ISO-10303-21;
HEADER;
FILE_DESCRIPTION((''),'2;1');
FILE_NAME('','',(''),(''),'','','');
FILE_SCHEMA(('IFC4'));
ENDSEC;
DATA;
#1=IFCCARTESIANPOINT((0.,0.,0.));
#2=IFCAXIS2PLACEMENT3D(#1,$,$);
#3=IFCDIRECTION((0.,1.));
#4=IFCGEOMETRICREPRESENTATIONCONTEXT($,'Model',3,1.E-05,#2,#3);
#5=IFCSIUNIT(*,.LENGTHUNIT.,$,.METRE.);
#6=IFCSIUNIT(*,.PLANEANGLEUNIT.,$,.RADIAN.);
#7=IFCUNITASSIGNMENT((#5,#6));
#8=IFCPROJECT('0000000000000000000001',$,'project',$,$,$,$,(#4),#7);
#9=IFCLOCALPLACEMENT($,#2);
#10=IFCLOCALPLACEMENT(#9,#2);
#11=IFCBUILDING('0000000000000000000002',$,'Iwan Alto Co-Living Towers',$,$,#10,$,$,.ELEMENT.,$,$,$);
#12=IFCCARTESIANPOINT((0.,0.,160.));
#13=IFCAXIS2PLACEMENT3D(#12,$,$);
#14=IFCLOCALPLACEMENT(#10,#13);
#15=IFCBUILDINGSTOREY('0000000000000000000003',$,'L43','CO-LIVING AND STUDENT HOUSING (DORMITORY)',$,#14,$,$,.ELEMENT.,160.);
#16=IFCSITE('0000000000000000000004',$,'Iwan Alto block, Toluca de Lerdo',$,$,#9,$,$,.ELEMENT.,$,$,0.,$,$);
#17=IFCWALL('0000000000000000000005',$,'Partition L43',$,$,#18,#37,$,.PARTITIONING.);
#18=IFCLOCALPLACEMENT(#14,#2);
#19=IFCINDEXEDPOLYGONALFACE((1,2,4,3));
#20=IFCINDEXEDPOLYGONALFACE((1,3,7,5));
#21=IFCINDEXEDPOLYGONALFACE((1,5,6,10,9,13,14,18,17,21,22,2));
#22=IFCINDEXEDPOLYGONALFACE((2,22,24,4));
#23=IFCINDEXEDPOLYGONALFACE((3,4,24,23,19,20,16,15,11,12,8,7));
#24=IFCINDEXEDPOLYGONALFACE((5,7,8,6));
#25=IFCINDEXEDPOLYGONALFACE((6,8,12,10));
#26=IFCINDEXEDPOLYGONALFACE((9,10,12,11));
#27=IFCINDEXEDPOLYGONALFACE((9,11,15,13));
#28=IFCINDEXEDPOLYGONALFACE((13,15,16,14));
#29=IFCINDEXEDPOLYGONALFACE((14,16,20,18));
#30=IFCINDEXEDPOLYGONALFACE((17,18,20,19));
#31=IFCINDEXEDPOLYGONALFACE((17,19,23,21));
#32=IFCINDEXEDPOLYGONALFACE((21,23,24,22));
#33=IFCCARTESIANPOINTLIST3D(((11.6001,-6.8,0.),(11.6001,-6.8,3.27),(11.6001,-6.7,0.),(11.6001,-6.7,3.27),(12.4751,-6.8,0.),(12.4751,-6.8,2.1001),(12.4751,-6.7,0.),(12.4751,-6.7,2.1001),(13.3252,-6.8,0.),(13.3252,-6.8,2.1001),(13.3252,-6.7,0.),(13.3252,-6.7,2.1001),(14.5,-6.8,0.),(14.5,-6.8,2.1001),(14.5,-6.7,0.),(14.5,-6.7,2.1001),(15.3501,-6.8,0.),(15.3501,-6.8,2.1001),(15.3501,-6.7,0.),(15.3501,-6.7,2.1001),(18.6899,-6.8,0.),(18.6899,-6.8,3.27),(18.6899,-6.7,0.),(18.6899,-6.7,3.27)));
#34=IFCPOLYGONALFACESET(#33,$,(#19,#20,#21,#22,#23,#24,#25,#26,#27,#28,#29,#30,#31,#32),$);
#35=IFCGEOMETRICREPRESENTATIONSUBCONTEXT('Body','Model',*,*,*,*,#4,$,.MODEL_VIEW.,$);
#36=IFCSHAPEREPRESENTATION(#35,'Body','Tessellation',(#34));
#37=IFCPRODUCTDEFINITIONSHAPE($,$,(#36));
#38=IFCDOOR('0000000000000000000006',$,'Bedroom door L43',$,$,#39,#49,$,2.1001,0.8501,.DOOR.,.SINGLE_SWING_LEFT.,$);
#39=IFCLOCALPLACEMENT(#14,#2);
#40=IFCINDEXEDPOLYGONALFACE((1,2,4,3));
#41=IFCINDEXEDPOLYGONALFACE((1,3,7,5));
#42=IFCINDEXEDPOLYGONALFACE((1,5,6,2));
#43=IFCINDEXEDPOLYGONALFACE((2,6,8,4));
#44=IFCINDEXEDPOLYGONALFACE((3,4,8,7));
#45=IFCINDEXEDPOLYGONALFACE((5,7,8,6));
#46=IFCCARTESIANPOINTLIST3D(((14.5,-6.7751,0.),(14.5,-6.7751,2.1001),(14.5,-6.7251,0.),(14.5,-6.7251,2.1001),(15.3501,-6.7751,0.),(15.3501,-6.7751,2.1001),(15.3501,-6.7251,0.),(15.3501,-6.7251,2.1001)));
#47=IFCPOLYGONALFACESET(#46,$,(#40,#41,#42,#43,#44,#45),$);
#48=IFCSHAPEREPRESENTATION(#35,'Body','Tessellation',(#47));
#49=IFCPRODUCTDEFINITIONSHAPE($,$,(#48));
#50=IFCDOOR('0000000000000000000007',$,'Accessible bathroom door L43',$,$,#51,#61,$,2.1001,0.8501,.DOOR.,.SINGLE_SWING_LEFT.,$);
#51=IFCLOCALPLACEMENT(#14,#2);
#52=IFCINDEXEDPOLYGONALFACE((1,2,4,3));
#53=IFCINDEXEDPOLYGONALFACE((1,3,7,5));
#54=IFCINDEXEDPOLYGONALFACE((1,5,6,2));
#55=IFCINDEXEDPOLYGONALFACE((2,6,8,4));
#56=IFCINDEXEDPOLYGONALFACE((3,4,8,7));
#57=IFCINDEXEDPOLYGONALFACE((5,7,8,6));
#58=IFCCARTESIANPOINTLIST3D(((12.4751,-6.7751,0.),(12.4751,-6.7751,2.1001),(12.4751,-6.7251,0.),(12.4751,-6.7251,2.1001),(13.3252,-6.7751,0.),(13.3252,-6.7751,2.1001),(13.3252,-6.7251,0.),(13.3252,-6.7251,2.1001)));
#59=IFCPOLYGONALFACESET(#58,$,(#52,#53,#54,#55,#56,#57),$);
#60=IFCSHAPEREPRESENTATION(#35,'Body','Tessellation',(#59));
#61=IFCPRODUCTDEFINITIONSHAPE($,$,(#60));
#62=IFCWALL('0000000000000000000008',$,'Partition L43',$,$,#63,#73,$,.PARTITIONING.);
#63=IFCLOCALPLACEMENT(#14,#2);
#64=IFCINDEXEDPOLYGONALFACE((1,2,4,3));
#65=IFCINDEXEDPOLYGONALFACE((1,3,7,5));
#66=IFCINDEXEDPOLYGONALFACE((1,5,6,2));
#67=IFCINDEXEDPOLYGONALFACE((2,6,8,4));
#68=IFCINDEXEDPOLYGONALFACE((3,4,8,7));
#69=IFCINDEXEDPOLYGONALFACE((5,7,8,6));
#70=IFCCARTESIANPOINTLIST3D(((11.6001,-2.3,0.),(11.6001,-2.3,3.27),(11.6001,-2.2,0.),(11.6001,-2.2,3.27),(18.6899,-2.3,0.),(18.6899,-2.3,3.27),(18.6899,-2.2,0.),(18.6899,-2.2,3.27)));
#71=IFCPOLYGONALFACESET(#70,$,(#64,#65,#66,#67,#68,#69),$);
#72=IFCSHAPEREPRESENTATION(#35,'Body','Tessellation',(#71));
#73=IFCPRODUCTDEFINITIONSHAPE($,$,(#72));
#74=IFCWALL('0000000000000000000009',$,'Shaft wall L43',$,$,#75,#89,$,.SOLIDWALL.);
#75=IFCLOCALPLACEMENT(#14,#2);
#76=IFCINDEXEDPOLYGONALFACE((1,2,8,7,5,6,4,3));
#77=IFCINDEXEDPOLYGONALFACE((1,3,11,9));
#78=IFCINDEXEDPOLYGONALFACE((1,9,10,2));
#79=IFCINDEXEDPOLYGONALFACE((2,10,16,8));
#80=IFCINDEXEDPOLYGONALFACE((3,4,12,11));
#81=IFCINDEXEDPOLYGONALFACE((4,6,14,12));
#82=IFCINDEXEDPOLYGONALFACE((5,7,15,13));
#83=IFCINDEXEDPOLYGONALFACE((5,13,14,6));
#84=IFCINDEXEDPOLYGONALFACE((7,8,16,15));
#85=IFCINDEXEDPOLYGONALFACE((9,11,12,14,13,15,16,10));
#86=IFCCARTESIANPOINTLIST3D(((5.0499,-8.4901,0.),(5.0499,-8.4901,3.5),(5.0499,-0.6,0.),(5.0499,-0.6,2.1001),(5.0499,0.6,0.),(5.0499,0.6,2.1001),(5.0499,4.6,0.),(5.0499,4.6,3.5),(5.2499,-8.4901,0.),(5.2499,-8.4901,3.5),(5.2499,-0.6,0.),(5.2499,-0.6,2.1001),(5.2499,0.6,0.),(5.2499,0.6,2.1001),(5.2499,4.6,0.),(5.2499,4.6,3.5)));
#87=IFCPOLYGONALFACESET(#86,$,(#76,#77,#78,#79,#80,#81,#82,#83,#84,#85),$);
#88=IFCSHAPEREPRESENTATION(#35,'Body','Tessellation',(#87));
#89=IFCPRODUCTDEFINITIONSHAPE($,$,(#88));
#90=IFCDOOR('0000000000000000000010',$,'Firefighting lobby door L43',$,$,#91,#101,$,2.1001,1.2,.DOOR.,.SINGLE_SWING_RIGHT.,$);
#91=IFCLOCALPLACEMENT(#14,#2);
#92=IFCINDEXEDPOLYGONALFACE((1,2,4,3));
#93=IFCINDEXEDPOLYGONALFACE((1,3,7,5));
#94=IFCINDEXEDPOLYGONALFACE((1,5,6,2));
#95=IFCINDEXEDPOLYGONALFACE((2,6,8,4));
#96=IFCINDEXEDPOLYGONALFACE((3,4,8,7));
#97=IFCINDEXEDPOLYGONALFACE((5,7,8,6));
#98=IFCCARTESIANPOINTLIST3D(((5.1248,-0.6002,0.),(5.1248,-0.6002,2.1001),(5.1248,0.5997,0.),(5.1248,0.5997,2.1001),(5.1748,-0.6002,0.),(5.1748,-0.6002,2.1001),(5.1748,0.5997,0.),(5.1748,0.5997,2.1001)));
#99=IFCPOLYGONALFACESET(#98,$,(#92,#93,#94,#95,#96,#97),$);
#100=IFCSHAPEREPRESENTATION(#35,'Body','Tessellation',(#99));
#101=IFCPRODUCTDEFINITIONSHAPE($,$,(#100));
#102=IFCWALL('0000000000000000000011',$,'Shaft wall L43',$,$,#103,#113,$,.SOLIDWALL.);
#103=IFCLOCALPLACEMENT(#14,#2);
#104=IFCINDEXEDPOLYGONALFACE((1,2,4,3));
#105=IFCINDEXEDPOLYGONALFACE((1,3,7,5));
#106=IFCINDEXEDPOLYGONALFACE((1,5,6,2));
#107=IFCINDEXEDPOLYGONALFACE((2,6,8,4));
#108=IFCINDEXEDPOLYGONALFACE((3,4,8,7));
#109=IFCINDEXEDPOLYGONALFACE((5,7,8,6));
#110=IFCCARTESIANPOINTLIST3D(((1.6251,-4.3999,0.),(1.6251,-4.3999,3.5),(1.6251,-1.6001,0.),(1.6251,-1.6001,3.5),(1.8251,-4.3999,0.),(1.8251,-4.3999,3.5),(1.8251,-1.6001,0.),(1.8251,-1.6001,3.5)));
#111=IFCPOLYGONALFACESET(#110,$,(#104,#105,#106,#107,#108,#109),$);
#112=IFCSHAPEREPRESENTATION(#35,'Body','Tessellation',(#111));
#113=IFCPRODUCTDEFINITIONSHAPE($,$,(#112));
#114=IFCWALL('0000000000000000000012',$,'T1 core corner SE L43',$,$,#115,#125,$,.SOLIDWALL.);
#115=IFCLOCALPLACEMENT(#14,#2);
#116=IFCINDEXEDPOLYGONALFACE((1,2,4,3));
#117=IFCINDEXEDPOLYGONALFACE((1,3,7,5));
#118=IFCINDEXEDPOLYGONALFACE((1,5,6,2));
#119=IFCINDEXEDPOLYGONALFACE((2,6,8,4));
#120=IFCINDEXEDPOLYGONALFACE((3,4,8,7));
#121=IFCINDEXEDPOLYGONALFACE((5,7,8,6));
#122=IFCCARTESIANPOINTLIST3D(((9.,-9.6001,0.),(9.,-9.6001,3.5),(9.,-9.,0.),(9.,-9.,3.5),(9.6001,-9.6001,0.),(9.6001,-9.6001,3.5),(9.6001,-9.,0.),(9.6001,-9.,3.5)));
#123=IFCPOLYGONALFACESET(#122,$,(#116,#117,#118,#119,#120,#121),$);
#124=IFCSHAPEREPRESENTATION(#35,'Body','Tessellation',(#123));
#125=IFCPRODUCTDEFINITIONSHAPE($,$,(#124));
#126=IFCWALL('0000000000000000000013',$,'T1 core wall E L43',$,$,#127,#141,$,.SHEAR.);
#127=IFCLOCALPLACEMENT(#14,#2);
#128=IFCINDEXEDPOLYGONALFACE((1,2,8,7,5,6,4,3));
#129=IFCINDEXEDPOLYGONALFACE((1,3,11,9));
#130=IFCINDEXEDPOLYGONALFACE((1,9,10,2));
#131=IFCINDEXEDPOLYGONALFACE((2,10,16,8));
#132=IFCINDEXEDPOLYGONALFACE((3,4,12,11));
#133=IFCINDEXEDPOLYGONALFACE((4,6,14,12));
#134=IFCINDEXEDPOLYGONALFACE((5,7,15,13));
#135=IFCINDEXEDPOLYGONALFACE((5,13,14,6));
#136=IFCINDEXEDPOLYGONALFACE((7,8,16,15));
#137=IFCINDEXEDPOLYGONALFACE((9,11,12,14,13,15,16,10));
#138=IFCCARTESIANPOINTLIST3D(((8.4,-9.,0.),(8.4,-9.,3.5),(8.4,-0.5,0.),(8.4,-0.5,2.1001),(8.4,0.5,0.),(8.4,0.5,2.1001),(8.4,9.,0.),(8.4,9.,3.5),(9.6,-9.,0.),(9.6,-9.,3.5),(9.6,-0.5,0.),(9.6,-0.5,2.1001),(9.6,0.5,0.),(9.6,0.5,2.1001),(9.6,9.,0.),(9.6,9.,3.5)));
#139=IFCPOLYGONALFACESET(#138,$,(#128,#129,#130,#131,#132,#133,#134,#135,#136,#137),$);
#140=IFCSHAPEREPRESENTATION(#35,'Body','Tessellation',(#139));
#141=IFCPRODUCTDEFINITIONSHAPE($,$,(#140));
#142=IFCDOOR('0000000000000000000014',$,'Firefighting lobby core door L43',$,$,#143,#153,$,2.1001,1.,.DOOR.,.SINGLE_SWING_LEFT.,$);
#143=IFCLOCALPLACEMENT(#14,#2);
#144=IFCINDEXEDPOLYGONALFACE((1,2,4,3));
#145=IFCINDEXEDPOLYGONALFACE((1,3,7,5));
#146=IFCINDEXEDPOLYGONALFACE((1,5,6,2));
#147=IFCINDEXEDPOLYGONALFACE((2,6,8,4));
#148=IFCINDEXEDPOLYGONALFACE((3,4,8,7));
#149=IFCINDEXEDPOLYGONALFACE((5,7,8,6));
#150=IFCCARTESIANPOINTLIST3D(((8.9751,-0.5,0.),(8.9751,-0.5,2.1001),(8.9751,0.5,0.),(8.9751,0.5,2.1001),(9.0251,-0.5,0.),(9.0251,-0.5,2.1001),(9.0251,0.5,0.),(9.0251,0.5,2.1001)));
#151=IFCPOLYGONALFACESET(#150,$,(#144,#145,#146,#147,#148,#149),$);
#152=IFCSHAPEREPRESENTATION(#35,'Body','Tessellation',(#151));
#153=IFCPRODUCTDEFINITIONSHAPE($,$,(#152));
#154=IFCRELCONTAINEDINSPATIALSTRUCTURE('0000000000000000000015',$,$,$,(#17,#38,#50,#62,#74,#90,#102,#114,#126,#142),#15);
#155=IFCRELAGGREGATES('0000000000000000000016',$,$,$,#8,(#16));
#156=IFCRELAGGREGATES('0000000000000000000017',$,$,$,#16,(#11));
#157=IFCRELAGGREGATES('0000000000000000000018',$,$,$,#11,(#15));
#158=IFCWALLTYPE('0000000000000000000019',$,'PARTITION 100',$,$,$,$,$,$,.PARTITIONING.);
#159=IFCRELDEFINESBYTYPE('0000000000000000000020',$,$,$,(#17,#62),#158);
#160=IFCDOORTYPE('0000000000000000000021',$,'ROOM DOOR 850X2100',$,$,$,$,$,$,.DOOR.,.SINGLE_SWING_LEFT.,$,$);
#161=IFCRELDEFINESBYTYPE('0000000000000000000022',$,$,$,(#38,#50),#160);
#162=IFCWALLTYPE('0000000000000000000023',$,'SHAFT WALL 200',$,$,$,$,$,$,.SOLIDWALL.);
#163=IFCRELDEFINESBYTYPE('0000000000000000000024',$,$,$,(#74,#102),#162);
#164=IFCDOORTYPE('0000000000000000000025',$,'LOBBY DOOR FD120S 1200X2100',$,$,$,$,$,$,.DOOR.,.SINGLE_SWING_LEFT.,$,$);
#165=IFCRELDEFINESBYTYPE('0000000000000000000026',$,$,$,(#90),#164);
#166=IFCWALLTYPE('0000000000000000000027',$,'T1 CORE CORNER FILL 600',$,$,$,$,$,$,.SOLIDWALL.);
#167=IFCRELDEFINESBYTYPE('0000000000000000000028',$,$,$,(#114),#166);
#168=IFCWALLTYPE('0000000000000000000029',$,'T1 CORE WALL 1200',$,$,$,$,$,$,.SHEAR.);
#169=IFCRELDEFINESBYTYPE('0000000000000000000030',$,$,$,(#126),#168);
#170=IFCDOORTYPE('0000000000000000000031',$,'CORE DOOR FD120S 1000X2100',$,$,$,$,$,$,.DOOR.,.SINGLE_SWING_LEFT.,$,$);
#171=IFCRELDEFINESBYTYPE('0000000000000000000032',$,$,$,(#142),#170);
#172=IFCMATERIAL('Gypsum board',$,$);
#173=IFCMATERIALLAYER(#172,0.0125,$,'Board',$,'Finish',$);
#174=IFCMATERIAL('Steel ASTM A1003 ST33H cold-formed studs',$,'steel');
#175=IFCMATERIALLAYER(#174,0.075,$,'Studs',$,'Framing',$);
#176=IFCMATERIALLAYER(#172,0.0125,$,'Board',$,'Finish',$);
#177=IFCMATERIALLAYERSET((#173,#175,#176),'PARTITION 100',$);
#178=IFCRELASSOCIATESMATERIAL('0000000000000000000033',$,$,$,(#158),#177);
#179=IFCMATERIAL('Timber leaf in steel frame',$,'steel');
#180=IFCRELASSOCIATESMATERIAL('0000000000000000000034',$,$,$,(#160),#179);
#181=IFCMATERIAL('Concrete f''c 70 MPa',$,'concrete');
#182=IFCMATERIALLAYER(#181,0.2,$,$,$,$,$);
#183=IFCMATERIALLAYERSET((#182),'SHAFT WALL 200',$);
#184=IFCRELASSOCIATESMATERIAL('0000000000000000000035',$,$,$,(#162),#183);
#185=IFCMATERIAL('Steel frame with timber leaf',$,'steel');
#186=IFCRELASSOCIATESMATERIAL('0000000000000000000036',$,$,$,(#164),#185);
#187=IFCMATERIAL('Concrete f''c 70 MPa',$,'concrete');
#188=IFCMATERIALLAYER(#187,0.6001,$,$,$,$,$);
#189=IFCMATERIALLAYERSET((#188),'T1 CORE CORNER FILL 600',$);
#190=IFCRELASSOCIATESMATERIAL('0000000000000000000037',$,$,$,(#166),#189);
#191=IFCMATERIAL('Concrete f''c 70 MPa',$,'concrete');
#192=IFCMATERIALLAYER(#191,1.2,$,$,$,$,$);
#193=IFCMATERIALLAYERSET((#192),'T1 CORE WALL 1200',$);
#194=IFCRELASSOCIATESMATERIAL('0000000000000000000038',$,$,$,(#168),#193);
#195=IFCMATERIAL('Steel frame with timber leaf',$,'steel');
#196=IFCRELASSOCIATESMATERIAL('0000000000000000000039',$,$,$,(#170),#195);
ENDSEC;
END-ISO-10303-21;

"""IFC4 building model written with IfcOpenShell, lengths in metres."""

from ifc_helpers import new_model, si_unit, direction, frame, frame_2d, origin, place, context, subcontext, project, spatial, rectangle, extrude, material, layer, layer_set, type_object, element, fill, save


model = new_model("IFC4")

# Units and contexts
model_context = context("Model", 3, precision=1e-05, world=origin(), true_north=direction((0.0, 1.0)))
body_context = subcontext(model_context, "Body", "Model", "MODEL_VIEW")
ifc_project = project(units=[si_unit("LENGTHUNIT", "METRE"), si_unit("PLANEANGLEUNIT", "RADIAN")], contexts=[model_context])

# Site, building, storey
site_placement = place(None, origin())
site = spatial("IfcSite", under=ifc_project, at=site_placement, Name="Iwan Alto block, Toluca de Lerdo", CompositionType="ELEMENT", RefElevation=0.0)
building_placement = place(site_placement, origin())
building = spatial("IfcBuilding", under=site, at=building_placement, Name="Iwan Alto Co-Living Towers", CompositionType="ELEMENT")
storey_placement = place(building_placement, frame((0.0, 0.0, 160.0)))
storey = spatial("IfcBuildingStorey", under=building, at=storey_placement, Name="L43", Description="CO-LIVING AND STUDENT HOUSING (DORMITORY)", CompositionType="ELEMENT", Elevation=160.0)

# Shared definitions
ifc_material_1 = material(Name="Gypsum board")
ifc_material_2 = material(Name="Steel ASTM A1003 ST33H cold-formed studs", Category="steel")

# Shared definitions
ifc_layer_1 = layer(ifc_material_1, 0.0125, Name="Board", Category="Finish")
ifc_layer_2 = layer(ifc_material_2, 0.075, Name="Studs", Category="Framing")
ifc_layer_3 = layer(ifc_material_1, 0.0125, Name="Board", Category="Finish")
ifc_layer_set_1 = layer_set([ifc_layer_1, ifc_layer_2, ifc_layer_3], Name="PARTITION 100")
wall_type_1 = type_object("IfcWallType", Name="PARTITION 100", PredefinedType="PARTITIONING", material=ifc_layer_set_1)

# Shared definitions
ifc_material_3 = material(Name="Timber leaf in steel frame", Category="steel")
door_type_1 = type_object("IfcDoorType", Name="ROOM DOOR 850X2100", OperationType="SINGLE_SWING_LEFT", PredefinedType="DOOR", material=ifc_material_3)

# Wall, openings, doors
wall_1_placement = place(storey_placement, frame((11.6001, -6.75, 0.0), z_axis=(0.0, 0.0, 1.0), x_axis=(1.0, 0.0, 0.0)))
wall_1 = element("IfcWall", 1, at=wall_1_placement, inside=storey, type_object=wall_type_1, Name="Partition L43", PredefinedType="PARTITIONING", context=body_context, shape_type="SweptSolid", body=[
    extrude(rectangle(XDim=7.0898, YDim=0.1001, at=frame_2d((3.5449, 0.0))), origin(), (0.0, 0.0, 1.0), 3.27),
])
opening_1_placement = place(wall_1_placement, frame((2.8999, 0.0, 0.0)))
opening_1 = element("IfcOpeningElement", 2, at=opening_1_placement, cuts=wall_1, PredefinedType="OPENING", context=body_context, shape_type="SweptSolid", body=[
    extrude(rectangle(XDim=0.8501, YDim=2.1001, at=frame_2d((0.425, 1.05))), frame((0.0, 0.0601, 0.0), z_axis=(0.0, -1.0, 0.0), x_axis=(1.0, 0.0, 0.0)), (0.0, 0.0, 1.0), 0.1201),
])
opening_2_placement = place(wall_1_placement, frame((0.875, 0.0, 0.0)))
opening_2 = element("IfcOpeningElement", 3, at=opening_2_placement, cuts=wall_1, PredefinedType="OPENING", context=body_context, shape_type="SweptSolid", body=[
    extrude(rectangle(XDim=0.8501, YDim=2.1001, at=frame_2d((0.425, 1.05))), frame((0.0, 0.0601, 0.0), z_axis=(0.0, -1.0, 0.0), x_axis=(1.0, 0.0, 0.0)), (0.0, 0.0, 1.0), 0.1201),
])
door_1_placement = place(opening_1_placement, origin())
door_1 = element("IfcDoor", 4, at=door_1_placement, inside=storey, type_object=door_type_1, Name="Bedroom door L43", OperationType="SINGLE_SWING_LEFT", OverallHeight=2.1001, OverallWidth=0.8501, PredefinedType="DOOR", context=body_context, shape_type="SweptSolid", body=[
    extrude(rectangle(XDim=0.8501, YDim=2.1001, at=frame_2d((0.425, 1.05))), frame((0.0, 0.0249, 0.0), z_axis=(0.0, -1.0, 0.0), x_axis=(1.0, 0.0, 0.0)), (0.0, 0.0, 1.0), 0.05),
])
fill(opening_1, door_1)
door_2_placement = place(opening_2_placement, origin())
door_2 = element("IfcDoor", 5, at=door_2_placement, inside=storey, type_object=door_type_1, Name="Accessible bathroom door L43", OperationType="SINGLE_SWING_LEFT", OverallHeight=2.1001, OverallWidth=0.8501, PredefinedType="DOOR", context=body_context, shape_type="SweptSolid", body=[
    extrude(rectangle(XDim=0.8501, YDim=2.1001, at=frame_2d((0.425, 1.05))), frame((0.0, 0.0249, 0.0), z_axis=(0.0, -1.0, 0.0), x_axis=(1.0, 0.0, 0.0)), (0.0, 0.0, 1.0), 0.05),
])
fill(opening_2, door_2)

# Wall
wall_2_placement = place(storey_placement, frame((11.6001, -2.25, 0.0), z_axis=(0.0, 0.0, 1.0), x_axis=(1.0, 0.0, 0.0)))
element("IfcWall", 6, at=wall_2_placement, inside=storey, type_object=wall_type_1, Name="Partition L43", PredefinedType="PARTITIONING", context=body_context, shape_type="SweptSolid", body=[
    extrude(rectangle(XDim=7.0898, YDim=0.1001, at=frame_2d((3.5449, 0.0))), origin(), (0.0, 0.0, 1.0), 3.27),
])

# Wall, opening, door
ifc_material_4 = material(Name="Concrete f'c 70 MPa", Category="concrete")
ifc_layer_4 = layer(ifc_material_4, 0.2)
ifc_layer_set_2 = layer_set([ifc_layer_4], Name="SHAFT WALL 200")
wall_type_2 = type_object("IfcWallType", Name="SHAFT WALL 200", PredefinedType="SOLIDWALL", material=ifc_layer_set_2)
wall_3_placement = place(storey_placement, frame((5.1499, -8.49, 0.0), z_axis=(0.0, 0.0, 1.0), x_axis=(0.0, 1.0, 0.0)))
wall_3 = element("IfcWall", 7, at=wall_3_placement, inside=storey, type_object=wall_type_2, Name="Shaft wall L43", PredefinedType="SOLIDWALL", context=body_context, shape_type="SweptSolid", body=[
    extrude(rectangle(XDim=13.0901, YDim=0.2, at=frame_2d((6.5449, 0.0))), origin(), (0.0, 0.0, 1.0), 3.5),
])
opening_3_placement = place(wall_3_placement, frame((7.8899, 0.0, 0.0)))
opening_3 = element("IfcOpeningElement", 8, at=opening_3_placement, cuts=wall_3, PredefinedType="OPENING", context=body_context, shape_type="SweptSolid", body=[
    extrude(rectangle(XDim=1.2, YDim=2.1001, at=frame_2d((0.6001, 1.05))), frame((0.0, 0.1099, 0.0), z_axis=(0.0, -1.0, 0.0), x_axis=(1.0, 0.0, 0.0)), (0.0, 0.0, 1.0), 0.22),
])
ifc_material_5 = material(Name="Steel frame with timber leaf", Category="steel")
door_type_2 = type_object("IfcDoorType", Name="LOBBY DOOR FD120S 1200X2100", OperationType="SINGLE_SWING_LEFT", PredefinedType="DOOR", material=ifc_material_5)
door_3_placement = place(opening_3_placement, frame((1.2, 0.0, 0.0), z_axis=(0.0, 0.0, 1.0), x_axis=(-1.0, 0.0, 0.0)))
door_3 = element("IfcDoor", 9, at=door_3_placement, inside=storey, type_object=door_type_2, Name="Firefighting lobby door L43", OperationType="SINGLE_SWING_RIGHT", OverallHeight=2.1001, OverallWidth=1.2, PredefinedType="DOOR", context=body_context, shape_type="SweptSolid", body=[
    extrude(rectangle(XDim=1.2, YDim=2.1001, at=frame_2d((0.6001, 1.05))), frame((0.0, 0.0249, 0.0), z_axis=(0.0, -1.0, 0.0), x_axis=(1.0, 0.0, 0.0)), (0.0, 0.0, 1.0), 0.05),
])
fill(opening_3, door_3)

# Walls
wall_4_placement = place(storey_placement, frame((1.7251, -4.3999, 0.0), z_axis=(0.0, 0.0, 1.0), x_axis=(0.0, 1.0, 0.0)))
element("IfcWall", 10, at=wall_4_placement, inside=storey, type_object=wall_type_2, Name="Shaft wall L43", PredefinedType="SOLIDWALL", context=body_context, shape_type="SweptSolid", body=[
    extrude(rectangle(XDim=2.7998, YDim=0.2, at=frame_2d((1.3999, 0.0))), origin(), (0.0, 0.0, 1.0), 3.5),
])
ifc_material_6 = material(Name="Concrete f'c 70 MPa", Category="concrete")
ifc_layer_5 = layer(ifc_material_6, 0.6001)
ifc_layer_set_3 = layer_set([ifc_layer_5], Name="T1 CORE CORNER FILL 600")
wall_type_3 = type_object("IfcWallType", Name="T1 CORE CORNER FILL 600", PredefinedType="SOLIDWALL", material=ifc_layer_set_3)
wall_5_placement = place(storey_placement, frame((9.0, -9.3, 0.0), z_axis=(0.0, 0.0, 1.0), x_axis=(1.0, 0.0, 0.0)))
element("IfcWall", 11, at=wall_5_placement, inside=storey, type_object=wall_type_3, Name="T1 core corner SE L43", PredefinedType="SOLIDWALL", context=body_context, shape_type="SweptSolid", body=[
    extrude(rectangle(XDim=0.6001, YDim=0.6001, at=frame_2d((0.3, 0.0))), origin(), (0.0, 0.0, 1.0), 3.5),
])

# Wall, opening, door
ifc_material_7 = material(Name="Concrete f'c 70 MPa", Category="concrete")
ifc_layer_6 = layer(ifc_material_7, 1.2)
ifc_layer_set_4 = layer_set([ifc_layer_6], Name="T1 CORE WALL 1200")
wall_type_4 = type_object("IfcWallType", Name="T1 CORE WALL 1200", PredefinedType="SHEAR", material=ifc_layer_set_4)
wall_6_placement = place(storey_placement, frame((9.0, -9.0, 0.0), z_axis=(0.0, 0.0, 1.0), x_axis=(0.0, 1.0, 0.0)))
wall_6 = element("IfcWall", 12, at=wall_6_placement, inside=storey, type_object=wall_type_4, Name="T1 core wall E L43", PredefinedType="SHEAR", context=body_context, shape_type="SweptSolid", body=[
    extrude(rectangle(XDim=18.0, YDim=1.2, at=frame_2d((9.0, 0.0))), origin(), (0.0, 0.0, 1.0), 3.5),
])
opening_4_placement = place(wall_6_placement, frame((8.5, 0.0, 0.0)))
opening_4 = element("IfcOpeningElement", 13, at=opening_4_placement, cuts=wall_6, PredefinedType="OPENING", context=body_context, shape_type="SweptSolid", body=[
    extrude(rectangle(XDim=1.0, YDim=2.1001, at=frame_2d((0.5, 1.05))), frame((0.0, 0.6099, 0.0), z_axis=(0.0, -1.0, 0.0), x_axis=(1.0, 0.0, 0.0)), (0.0, 0.0, 1.0), 1.22),
])
ifc_material_8 = material(Name="Steel frame with timber leaf", Category="steel")
door_type_3 = type_object("IfcDoorType", Name="CORE DOOR FD120S 1000X2100", OperationType="SINGLE_SWING_LEFT", PredefinedType="DOOR", material=ifc_material_8)
door_4_placement = place(opening_4_placement, origin())
door_4 = element("IfcDoor", 14, at=door_4_placement, inside=storey, type_object=door_type_3, Name="Firefighting lobby core door L43", OperationType="SINGLE_SWING_LEFT", OverallHeight=2.1001, OverallWidth=1.0, PredefinedType="DOOR", context=body_context, shape_type="SweptSolid", body=[
    extrude(rectangle(XDim=1.0, YDim=2.1001, at=frame_2d((0.5, 1.05))), frame((0.0, 0.0249, 0.0), z_axis=(0.0, -1.0, 0.0), x_axis=(1.0, 0.0, 0.0)), (0.0, 0.0, 1.0), 0.05),
])
fill(opening_4, door_4)

save(model, "model.ifc")
